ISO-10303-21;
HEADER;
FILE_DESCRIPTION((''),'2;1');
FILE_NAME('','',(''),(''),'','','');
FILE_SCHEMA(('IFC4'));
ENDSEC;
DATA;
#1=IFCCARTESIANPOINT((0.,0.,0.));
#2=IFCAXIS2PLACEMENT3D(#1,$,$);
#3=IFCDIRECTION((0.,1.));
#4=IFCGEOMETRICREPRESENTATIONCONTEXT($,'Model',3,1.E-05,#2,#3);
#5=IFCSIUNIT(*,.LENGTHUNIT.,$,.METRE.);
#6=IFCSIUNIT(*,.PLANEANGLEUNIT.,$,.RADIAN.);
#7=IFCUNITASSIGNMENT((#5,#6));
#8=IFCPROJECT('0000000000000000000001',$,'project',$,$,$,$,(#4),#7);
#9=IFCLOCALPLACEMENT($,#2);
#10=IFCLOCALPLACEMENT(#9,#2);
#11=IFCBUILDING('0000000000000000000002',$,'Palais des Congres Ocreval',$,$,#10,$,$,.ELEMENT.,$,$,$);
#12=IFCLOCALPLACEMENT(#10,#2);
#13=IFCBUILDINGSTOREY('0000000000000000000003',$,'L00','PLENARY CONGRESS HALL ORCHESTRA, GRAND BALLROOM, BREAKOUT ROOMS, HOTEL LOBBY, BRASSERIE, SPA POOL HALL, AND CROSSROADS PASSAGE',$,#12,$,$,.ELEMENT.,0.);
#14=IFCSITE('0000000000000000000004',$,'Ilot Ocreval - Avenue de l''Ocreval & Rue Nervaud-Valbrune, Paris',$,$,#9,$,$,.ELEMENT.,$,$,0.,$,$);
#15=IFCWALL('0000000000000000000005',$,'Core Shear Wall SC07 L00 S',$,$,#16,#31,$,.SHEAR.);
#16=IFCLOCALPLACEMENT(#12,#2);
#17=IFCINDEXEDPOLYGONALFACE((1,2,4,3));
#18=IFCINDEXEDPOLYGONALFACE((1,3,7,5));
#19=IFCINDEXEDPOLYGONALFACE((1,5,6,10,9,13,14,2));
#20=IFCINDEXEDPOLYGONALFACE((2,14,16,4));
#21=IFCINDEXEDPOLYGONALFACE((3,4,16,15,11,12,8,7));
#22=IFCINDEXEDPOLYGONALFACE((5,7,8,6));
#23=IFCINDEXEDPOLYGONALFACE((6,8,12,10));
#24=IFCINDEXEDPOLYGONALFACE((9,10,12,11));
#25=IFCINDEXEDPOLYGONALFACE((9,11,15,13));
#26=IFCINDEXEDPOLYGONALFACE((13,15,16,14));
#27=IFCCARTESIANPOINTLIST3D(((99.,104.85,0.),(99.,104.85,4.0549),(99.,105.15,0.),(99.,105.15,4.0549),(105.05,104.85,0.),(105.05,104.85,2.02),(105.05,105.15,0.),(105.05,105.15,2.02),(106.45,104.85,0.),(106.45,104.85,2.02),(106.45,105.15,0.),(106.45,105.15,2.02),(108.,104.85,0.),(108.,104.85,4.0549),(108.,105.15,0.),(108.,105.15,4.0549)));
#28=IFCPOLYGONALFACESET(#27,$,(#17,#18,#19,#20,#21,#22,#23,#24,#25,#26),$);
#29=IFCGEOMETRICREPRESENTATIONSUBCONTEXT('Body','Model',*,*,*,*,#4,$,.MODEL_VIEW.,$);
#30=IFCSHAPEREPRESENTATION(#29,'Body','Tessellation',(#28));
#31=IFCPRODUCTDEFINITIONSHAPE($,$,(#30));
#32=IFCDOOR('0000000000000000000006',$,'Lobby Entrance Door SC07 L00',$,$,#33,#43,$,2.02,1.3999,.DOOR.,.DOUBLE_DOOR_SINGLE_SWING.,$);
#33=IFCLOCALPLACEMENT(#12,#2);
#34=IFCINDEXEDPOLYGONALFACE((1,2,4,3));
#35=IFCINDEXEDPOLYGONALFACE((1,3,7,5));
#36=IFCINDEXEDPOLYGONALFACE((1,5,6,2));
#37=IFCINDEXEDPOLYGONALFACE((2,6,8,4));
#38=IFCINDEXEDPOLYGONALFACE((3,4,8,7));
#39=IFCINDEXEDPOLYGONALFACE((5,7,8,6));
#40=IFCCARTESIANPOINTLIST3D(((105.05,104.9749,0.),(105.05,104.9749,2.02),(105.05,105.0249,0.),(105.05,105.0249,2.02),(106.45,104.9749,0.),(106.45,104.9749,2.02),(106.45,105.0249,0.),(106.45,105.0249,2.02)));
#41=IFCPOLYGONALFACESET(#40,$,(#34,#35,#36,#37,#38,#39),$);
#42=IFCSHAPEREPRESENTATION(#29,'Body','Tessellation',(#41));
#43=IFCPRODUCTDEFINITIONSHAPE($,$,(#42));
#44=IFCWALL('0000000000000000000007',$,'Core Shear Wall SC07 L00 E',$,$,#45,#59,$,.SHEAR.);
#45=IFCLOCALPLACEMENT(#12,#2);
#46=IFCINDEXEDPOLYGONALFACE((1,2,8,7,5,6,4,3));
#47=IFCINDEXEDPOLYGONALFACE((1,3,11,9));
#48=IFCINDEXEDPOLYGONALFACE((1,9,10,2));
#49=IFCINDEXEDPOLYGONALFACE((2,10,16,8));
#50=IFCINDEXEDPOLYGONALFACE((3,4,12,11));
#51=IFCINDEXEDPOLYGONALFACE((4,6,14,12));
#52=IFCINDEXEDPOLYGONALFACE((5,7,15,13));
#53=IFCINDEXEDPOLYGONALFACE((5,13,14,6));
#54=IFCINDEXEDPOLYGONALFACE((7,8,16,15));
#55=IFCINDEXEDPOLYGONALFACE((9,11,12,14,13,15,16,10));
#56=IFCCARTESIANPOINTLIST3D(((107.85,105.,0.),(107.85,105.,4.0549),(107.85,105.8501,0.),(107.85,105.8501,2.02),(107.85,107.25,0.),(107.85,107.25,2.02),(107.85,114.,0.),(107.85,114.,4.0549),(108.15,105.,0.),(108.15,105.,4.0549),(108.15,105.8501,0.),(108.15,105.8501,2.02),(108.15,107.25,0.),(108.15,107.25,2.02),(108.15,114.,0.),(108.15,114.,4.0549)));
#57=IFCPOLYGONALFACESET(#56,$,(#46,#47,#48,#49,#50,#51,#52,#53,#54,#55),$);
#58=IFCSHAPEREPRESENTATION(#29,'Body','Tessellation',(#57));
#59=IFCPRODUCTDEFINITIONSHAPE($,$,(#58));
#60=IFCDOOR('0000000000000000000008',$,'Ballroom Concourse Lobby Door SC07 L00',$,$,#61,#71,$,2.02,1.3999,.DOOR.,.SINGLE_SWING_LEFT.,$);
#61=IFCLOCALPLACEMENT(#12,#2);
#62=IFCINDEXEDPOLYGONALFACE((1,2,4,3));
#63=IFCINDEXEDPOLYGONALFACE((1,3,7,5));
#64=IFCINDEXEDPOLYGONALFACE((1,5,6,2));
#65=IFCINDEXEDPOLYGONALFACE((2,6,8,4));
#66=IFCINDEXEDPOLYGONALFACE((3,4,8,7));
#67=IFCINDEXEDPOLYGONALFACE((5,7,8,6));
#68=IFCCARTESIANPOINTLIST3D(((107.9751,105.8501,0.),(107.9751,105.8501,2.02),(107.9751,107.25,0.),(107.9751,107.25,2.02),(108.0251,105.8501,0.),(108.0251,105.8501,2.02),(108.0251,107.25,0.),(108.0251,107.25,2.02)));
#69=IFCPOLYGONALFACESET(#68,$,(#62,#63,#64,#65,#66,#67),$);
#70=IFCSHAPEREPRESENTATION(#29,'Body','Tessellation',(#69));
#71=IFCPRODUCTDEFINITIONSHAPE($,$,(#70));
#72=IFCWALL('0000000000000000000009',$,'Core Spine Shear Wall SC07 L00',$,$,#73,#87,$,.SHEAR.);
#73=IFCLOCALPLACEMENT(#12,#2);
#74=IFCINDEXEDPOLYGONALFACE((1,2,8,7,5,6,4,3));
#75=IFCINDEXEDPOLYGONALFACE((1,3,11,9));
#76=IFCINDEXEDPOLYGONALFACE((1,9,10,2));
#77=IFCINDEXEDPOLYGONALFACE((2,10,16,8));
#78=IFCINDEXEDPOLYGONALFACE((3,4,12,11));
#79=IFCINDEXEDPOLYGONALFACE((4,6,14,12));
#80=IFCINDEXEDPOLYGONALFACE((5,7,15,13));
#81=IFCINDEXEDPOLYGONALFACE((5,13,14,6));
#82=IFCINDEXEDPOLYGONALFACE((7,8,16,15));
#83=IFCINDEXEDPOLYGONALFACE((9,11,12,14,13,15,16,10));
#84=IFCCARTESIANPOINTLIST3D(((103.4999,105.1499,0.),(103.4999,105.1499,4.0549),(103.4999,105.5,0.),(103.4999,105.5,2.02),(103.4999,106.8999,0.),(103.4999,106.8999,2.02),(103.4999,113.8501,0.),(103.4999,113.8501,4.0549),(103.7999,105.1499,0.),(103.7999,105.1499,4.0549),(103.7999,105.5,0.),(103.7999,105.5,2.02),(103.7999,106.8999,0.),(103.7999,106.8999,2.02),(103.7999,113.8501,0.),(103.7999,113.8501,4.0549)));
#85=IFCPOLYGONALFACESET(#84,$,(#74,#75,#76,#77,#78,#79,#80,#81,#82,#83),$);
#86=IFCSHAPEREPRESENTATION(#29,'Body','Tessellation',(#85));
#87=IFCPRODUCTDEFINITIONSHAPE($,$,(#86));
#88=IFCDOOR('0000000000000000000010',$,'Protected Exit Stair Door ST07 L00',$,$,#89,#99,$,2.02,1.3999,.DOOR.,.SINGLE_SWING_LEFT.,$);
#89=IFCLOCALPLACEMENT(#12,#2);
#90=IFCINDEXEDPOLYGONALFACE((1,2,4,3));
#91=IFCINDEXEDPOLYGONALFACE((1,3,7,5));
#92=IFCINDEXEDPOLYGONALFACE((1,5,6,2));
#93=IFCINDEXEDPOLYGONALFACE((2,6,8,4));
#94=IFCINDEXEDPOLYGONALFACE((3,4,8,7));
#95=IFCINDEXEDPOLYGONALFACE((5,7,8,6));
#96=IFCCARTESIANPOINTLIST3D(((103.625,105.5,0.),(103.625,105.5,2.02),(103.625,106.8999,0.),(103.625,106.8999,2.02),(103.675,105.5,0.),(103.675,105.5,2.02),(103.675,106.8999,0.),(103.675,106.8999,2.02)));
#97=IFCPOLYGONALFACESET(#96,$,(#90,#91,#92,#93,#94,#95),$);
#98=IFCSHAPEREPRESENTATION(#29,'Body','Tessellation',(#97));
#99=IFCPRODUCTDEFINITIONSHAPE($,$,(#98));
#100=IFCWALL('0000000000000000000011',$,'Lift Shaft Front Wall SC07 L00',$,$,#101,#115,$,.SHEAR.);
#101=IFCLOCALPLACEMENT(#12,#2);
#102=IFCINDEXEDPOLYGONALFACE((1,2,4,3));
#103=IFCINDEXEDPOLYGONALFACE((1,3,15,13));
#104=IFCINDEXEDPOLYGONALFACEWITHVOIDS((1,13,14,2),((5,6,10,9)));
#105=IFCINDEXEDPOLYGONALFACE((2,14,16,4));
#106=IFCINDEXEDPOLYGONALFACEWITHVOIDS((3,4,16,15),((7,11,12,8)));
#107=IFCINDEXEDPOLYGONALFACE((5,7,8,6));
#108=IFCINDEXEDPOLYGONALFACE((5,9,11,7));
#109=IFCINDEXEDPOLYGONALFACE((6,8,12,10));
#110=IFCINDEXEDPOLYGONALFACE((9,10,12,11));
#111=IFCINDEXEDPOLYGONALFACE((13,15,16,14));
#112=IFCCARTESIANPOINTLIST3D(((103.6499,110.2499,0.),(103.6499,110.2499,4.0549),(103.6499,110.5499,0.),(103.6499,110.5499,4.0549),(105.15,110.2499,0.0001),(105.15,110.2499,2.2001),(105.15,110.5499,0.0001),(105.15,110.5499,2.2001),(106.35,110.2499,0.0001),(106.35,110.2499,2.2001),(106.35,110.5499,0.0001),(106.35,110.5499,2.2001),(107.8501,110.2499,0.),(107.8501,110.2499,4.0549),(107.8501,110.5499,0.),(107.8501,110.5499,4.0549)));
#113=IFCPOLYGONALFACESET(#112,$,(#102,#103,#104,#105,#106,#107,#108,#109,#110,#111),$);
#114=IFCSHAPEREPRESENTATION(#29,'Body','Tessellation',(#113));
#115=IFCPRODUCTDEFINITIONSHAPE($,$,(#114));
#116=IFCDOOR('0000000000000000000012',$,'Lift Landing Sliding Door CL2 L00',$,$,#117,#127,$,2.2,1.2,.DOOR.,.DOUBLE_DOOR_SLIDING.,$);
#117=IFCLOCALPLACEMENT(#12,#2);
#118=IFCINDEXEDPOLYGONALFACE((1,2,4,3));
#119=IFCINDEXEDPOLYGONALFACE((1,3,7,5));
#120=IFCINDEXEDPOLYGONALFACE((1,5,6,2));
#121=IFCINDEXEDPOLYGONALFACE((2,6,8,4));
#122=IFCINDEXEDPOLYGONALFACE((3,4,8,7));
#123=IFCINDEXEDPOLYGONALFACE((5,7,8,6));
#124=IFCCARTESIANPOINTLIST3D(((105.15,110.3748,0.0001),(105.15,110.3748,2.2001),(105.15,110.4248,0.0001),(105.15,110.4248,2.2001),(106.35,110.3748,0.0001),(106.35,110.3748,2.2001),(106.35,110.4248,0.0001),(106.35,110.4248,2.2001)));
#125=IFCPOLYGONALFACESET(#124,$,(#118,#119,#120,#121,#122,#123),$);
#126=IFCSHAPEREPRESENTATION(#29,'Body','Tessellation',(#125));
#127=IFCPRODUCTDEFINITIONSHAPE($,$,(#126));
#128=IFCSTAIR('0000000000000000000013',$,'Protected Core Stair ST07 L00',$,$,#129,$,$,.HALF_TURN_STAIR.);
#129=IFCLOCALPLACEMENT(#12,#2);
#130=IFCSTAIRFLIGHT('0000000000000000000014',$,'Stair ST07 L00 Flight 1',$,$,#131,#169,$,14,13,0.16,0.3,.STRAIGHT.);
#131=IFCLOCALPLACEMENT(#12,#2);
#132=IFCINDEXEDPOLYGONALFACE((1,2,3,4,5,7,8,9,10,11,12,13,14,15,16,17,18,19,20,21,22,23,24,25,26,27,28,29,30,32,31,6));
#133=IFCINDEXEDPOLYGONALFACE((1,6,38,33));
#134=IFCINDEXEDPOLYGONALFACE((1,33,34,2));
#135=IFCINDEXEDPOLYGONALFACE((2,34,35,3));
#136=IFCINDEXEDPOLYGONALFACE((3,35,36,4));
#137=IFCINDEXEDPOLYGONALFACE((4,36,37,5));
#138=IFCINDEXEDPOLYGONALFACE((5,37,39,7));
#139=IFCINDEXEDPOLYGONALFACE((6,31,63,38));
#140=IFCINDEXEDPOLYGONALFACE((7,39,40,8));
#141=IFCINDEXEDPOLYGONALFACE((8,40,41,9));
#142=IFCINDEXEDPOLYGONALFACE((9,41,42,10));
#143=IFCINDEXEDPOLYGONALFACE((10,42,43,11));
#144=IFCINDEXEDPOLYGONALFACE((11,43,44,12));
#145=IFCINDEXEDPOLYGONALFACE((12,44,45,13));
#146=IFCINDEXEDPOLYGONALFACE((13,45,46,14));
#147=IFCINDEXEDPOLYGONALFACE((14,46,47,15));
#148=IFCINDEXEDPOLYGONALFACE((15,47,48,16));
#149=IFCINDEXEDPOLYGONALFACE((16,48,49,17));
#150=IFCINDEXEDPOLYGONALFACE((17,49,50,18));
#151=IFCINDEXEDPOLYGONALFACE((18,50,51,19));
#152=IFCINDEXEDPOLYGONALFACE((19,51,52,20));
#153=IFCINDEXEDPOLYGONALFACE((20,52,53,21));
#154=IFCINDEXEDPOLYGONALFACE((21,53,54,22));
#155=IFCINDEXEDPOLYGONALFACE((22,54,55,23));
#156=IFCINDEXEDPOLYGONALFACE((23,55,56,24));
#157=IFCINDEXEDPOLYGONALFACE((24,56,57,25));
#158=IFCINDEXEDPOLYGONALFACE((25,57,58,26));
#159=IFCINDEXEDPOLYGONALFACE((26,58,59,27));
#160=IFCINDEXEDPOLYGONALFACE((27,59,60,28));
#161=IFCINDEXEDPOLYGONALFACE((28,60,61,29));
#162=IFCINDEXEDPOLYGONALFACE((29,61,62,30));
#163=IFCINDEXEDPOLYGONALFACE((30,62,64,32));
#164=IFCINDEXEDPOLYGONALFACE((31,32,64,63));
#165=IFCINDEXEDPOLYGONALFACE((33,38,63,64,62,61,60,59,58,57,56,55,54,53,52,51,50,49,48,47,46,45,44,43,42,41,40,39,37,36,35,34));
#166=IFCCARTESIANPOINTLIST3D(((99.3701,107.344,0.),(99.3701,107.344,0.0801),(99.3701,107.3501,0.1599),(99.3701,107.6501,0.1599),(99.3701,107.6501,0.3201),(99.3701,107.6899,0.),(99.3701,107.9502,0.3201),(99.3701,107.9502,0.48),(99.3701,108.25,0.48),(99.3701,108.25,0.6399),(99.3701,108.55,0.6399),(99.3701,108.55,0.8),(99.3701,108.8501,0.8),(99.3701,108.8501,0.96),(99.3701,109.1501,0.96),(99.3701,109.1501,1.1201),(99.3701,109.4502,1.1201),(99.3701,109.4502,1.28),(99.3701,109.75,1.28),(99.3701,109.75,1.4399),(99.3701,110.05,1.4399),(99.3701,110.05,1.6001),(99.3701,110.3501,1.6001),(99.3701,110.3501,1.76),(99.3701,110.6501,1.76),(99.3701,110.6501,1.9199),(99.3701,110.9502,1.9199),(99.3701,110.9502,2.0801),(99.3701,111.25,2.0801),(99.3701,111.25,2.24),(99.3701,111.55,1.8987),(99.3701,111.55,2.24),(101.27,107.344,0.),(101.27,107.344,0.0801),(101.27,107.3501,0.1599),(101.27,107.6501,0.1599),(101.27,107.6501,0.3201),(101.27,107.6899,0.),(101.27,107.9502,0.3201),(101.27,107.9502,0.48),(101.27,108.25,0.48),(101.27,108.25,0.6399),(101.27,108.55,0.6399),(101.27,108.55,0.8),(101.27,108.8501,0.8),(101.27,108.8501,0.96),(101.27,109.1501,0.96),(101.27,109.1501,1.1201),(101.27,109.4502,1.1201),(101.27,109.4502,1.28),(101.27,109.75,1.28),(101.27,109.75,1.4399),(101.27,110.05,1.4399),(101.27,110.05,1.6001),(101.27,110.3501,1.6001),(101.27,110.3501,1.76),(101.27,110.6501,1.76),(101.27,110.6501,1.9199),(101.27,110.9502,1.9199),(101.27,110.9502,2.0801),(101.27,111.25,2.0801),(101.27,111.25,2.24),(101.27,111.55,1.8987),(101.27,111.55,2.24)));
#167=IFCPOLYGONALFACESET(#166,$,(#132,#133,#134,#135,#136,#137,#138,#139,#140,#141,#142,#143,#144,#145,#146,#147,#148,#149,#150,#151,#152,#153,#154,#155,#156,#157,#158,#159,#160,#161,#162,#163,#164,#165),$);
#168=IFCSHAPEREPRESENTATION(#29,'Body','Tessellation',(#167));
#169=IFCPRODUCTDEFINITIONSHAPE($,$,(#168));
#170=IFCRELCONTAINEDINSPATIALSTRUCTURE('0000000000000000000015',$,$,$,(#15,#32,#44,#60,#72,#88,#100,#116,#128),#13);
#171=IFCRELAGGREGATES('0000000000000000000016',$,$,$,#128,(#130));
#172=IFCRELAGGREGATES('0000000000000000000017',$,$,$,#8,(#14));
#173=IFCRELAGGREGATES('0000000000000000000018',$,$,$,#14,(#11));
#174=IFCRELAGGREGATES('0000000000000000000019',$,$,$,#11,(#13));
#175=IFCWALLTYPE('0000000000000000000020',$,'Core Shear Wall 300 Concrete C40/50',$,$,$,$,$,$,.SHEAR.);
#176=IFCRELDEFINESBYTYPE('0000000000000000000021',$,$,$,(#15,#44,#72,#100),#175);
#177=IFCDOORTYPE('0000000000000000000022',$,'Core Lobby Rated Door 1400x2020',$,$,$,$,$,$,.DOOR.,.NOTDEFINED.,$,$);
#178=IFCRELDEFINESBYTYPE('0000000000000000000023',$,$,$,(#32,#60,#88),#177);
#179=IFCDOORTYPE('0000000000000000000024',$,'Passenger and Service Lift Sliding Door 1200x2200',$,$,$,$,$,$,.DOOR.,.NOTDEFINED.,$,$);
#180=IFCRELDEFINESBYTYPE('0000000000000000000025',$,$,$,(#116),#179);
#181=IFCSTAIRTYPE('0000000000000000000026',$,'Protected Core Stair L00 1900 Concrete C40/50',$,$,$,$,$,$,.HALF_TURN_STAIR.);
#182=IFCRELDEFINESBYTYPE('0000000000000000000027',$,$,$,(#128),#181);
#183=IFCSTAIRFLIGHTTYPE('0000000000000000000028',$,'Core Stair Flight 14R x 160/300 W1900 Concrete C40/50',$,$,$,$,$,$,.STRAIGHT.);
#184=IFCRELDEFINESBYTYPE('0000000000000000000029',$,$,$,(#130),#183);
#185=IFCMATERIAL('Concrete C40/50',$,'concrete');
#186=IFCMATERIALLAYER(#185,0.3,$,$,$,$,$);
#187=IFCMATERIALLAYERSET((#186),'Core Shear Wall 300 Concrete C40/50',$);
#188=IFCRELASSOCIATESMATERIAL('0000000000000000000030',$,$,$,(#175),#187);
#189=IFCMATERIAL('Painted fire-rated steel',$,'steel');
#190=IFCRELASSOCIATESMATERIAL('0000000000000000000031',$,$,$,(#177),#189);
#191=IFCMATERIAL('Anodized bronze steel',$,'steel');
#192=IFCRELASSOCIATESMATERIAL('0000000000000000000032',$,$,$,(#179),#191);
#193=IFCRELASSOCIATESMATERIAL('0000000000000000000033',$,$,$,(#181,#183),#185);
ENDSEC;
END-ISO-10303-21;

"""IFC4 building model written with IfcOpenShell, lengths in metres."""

from ifc_helpers import new_model, si_unit, direction, frame, frame_2d, origin, place, context, subcontext, project, spatial, polyline, rectangle, outline, extrude, material, layer, layer_set, type_object, element, fill, aggregate, save


model = new_model("IFC4")

# Units and contexts
model_context = context("Model", 3, precision=1e-05, world=origin(), true_north=direction((0.0, 1.0)))
body_context = subcontext(model_context, "Body", "Model", "MODEL_VIEW")
ifc_project = project(units=[si_unit("LENGTHUNIT", "METRE"), si_unit("PLANEANGLEUNIT", "RADIAN")], contexts=[model_context])

# Site, building, storey
site_placement = place(None, origin())
site = spatial("IfcSite", under=ifc_project, at=site_placement, Name="Ilot Ocreval - Avenue de l'Ocreval & Rue Nervaud-Valbrune, Paris", CompositionType="ELEMENT", RefElevation=0.0)
building_placement = place(site_placement, origin())
building = spatial("IfcBuilding", under=site, at=building_placement, Name="Palais des Congres Ocreval", CompositionType="ELEMENT")
storey_placement = place(building_placement, origin())
storey = spatial("IfcBuildingStorey", under=building, at=storey_placement, Name="L00", Description="PLENARY CONGRESS HALL ORCHESTRA, GRAND BALLROOM, BREAKOUT ROOMS, HOTEL LOBBY, BRASSERIE, SPA POOL HALL, AND CROSSROADS PASSAGE", CompositionType="ELEMENT", Elevation=0.0)

# Shared definitions
ifc_material_1 = material(Name="Concrete C40/50", Category="concrete")

# Walls, openings, doors
ifc_layer_1 = layer(ifc_material_1, 0.3)
ifc_layer_set_1 = layer_set([ifc_layer_1], Name="Core Shear Wall 300 Concrete C40/50")
wall_type_1 = type_object("IfcWallType", Name="Core Shear Wall 300 Concrete C40/50", PredefinedType="SHEAR", material=ifc_layer_set_1)
wall_1_placement = place(storey_placement, frame((99.0, 105.0, 0.0), z_axis=(0.0, 0.0, 1.0), x_axis=(1.0, 0.0, 0.0)))
wall_1 = element("IfcWall", 1, at=wall_1_placement, inside=storey, type_object=wall_type_1, Name="Core Shear Wall SC07 L00 S", PredefinedType="SHEAR", context=body_context, shape_type="SweptSolid", body=[
    extrude(rectangle(XDim=9.0, YDim=0.3, at=frame_2d((4.5, 0.0))), origin(), (0.0, 0.0, 1.0), 4.0549),
])
opening_1_placement = place(wall_1_placement, frame((6.05, 0.0, 0.0)))
opening_1 = element("IfcOpeningElement", 2, at=opening_1_placement, cuts=wall_1, PredefinedType="OPENING", context=body_context, shape_type="SweptSolid", body=[
    extrude(rectangle(XDim=1.3999, YDim=2.02, at=frame_2d((0.7, 1.01))), frame((0.0, 0.1599, 0.0), z_axis=(0.0, -1.0, 0.0), x_axis=(1.0, 0.0, 0.0)), (0.0, 0.0, 1.0), 0.3201),
])
ifc_material_2 = material(Name="Painted fire-rated steel", Category="steel")
door_type_1 = type_object("IfcDoorType", Name="Core Lobby Rated Door 1400x2020", OperationType="NOTDEFINED", PredefinedType="DOOR", material=ifc_material_2)
door_1_placement = place(opening_1_placement, origin())
door_1 = element("IfcDoor", 3, at=door_1_placement, inside=storey, type_object=door_type_1, Name="Lobby Entrance Door SC07 L00", OperationType="DOUBLE_DOOR_SINGLE_SWING", OverallHeight=2.02, OverallWidth=1.3999, PredefinedType="DOOR", context=body_context, shape_type="SweptSolid", body=[
    extrude(rectangle(XDim=1.3999, YDim=2.02, at=frame_2d((0.7, 1.01))), frame((0.0, 0.0249, 0.0), z_axis=(0.0, -1.0, 0.0), x_axis=(1.0, 0.0, 0.0)), (0.0, 0.0, 1.0), 0.05),
])
fill(opening_1, door_1)
wall_2_placement = place(storey_placement, frame((108.0, 105.0, 0.0), z_axis=(0.0, 0.0, 1.0), x_axis=(0.0, 1.0, 0.0)))
wall_2 = element("IfcWall", 4, at=wall_2_placement, inside=storey, type_object=wall_type_1, Name="Core Shear Wall SC07 L00 E", PredefinedType="SHEAR", context=body_context, shape_type="SweptSolid", body=[
    extrude(rectangle(XDim=9.0, YDim=0.3, at=frame_2d((4.5, 0.0))), origin(), (0.0, 0.0, 1.0), 4.0549),
])
opening_2_placement = place(wall_2_placement, frame((0.8501, 0.0, 0.0)))
opening_2 = element("IfcOpeningElement", 5, at=opening_2_placement, cuts=wall_2, PredefinedType="OPENING", context=body_context, shape_type="SweptSolid", body=[
    extrude(rectangle(XDim=1.3999, YDim=2.02, at=frame_2d((0.7, 1.01))), frame((0.0, 0.1599, 0.0), z_axis=(0.0, -1.0, 0.0), x_axis=(1.0, 0.0, 0.0)), (0.0, 0.0, 1.0), 0.3201),
])
door_2_placement = place(opening_2_placement, origin())
door_2 = element("IfcDoor", 6, at=door_2_placement, inside=storey, type_object=door_type_1, Name="Ballroom Concourse Lobby Door SC07 L00", OperationType="SINGLE_SWING_LEFT", OverallHeight=2.02, OverallWidth=1.3999, PredefinedType="DOOR", context=body_context, shape_type="SweptSolid", body=[
    extrude(rectangle(XDim=1.3999, YDim=2.02, at=frame_2d((0.7, 1.01))), frame((0.0, 0.0249, 0.0), z_axis=(0.0, -1.0, 0.0), x_axis=(1.0, 0.0, 0.0)), (0.0, 0.0, 1.0), 0.05),
])
fill(opening_2, door_2)
wall_3_placement = place(storey_placement, frame((103.6499, 105.1499, 0.0), z_axis=(0.0, 0.0, 1.0), x_axis=(0.0, 1.0, 0.0)))
wall_3 = element("IfcWall", 7, at=wall_3_placement, inside=storey, type_object=wall_type_1, Name="Core Spine Shear Wall SC07 L00", PredefinedType="SHEAR", context=body_context, shape_type="SweptSolid", body=[
    extrude(rectangle(XDim=8.7002, YDim=0.3, at=frame_2d((4.3501, 0.0))), origin(), (0.0, 0.0, 1.0), 4.0549),
])
opening_3_placement = place(wall_3_placement, frame((0.3501, 0.0, 0.0)))
opening_3 = element("IfcOpeningElement", 8, at=opening_3_placement, cuts=wall_3, PredefinedType="OPENING", context=body_context, shape_type="SweptSolid", body=[
    extrude(rectangle(XDim=1.3999, YDim=2.02, at=frame_2d((0.7, 1.01))), frame((0.0, 0.1599, 0.0), z_axis=(0.0, -1.0, 0.0), x_axis=(1.0, 0.0, 0.0)), (0.0, 0.0, 1.0), 0.3201),
])
door_3_placement = place(opening_3_placement, origin())
door_3 = element("IfcDoor", 9, at=door_3_placement, inside=storey, type_object=door_type_1, Name="Protected Exit Stair Door ST07 L00", OperationType="SINGLE_SWING_LEFT", OverallHeight=2.02, OverallWidth=1.3999, PredefinedType="DOOR", context=body_context, shape_type="SweptSolid", body=[
    extrude(rectangle(XDim=1.3999, YDim=2.02, at=frame_2d((0.7, 1.01))), frame((0.0, 0.0249, 0.0), z_axis=(0.0, -1.0, 0.0), x_axis=(1.0, 0.0, 0.0)), (0.0, 0.0, 1.0), 0.05),
])
fill(opening_3, door_3)
wall_4_placement = place(storey_placement, frame((103.6499, 110.3999, 0.0), z_axis=(0.0, 0.0, 1.0), x_axis=(1.0, 0.0, 0.0)))
wall_4 = element("IfcWall", 10, at=wall_4_placement, inside=storey, type_object=wall_type_1, Name="Lift Shaft Front Wall SC07 L00", PredefinedType="SHEAR", context=body_context, shape_type="SweptSolid", body=[
    extrude(rectangle(XDim=4.2002, YDim=0.3, at=frame_2d((2.1001, 0.0))), origin(), (0.0, 0.0, 1.0), 4.0549),
])
opening_4_placement = place(wall_4_placement, frame((1.5, 0.0, 0.0)))
opening_4 = element("IfcOpeningElement", 11, at=opening_4_placement, cuts=wall_4, PredefinedType="OPENING", context=body_context, shape_type="SweptSolid", body=[
    extrude(rectangle(XDim=1.2, YDim=2.2, at=frame_2d((0.6001, 1.1001))), frame((0.0, 0.1599, 0.0), z_axis=(0.0, -1.0, 0.0), x_axis=(1.0, 0.0, 0.0)), (0.0, 0.0, 1.0), 0.3201),
])
ifc_material_3 = material(Name="Anodized bronze steel", Category="steel")
door_type_2 = type_object("IfcDoorType", Name="Passenger and Service Lift Sliding Door 1200x2200", OperationType="NOTDEFINED", PredefinedType="DOOR", material=ifc_material_3)
door_4_placement = place(opening_4_placement, origin())
door_4 = element("IfcDoor", 12, at=door_4_placement, inside=storey, type_object=door_type_2, Name="Lift Landing Sliding Door CL2 L00", OperationType="DOUBLE_DOOR_SLIDING", OverallHeight=2.2, OverallWidth=1.2, PredefinedType="DOOR", context=body_context, shape_type="SweptSolid", body=[
    extrude(rectangle(XDim=1.2, YDim=2.2, at=frame_2d((0.6001, 1.1001))), frame((0.0, 0.0249, 0.0), z_axis=(0.0, -1.0, 0.0), x_axis=(1.0, 0.0, 0.0)), (0.0, 0.0, 1.0), 0.05),
])
fill(opening_4, door_4)

# Stair, stair flight
stair_type = type_object("IfcStairType", Name="Protected Core Stair L00 1900 Concrete C40/50", PredefinedType="HALF_TURN_STAIR", material=ifc_material_1)
stair_placement = place(storey_placement, origin())
stair = element("IfcStair", 13, at=stair_placement, inside=storey, type_object=stair_type, Name="Protected Core Stair ST07 L00", PredefinedType="HALF_TURN_STAIR")
stair_flight_type = type_object("IfcStairFlightType", Name="Core Stair Flight 14R x 160/300 W1900 Concrete C40/50", PredefinedType="STRAIGHT", material=ifc_material_1)
stair_flight_1_placement = place(storey_placement, frame((100.3201, 107.3501, 0.0), z_axis=(0.0, 0.0, 1.0), x_axis=(0.0, 1.0, 0.0)))
stair_flight_1 = element("IfcStairFlight", 14, at=stair_flight_1_placement, type_object=stair_flight_type, Name="Stair ST07 L00 Flight 1", NumberOfRisers=14, NumberOfTreads=13, PredefinedType="STRAIGHT", RiserHeight=0.16, TreadLength=0.3, context=body_context, shape_type="SweptSolid", body=[
    extrude(outline(polyline([(-0.0061, 0.0), (-0.0061, 0.0801), (0.0, 0.1599), (0.3, 0.1599), (0.3, 0.3201), (0.6001, 0.3201), (0.6001, 0.48), (0.8999, 0.48), (0.8999, 0.6399), (1.2, 0.6399), (1.2, 0.8), (1.5, 0.8), (1.5, 0.96), (1.8, 0.96), (1.8, 1.1201), (2.1001, 1.1201), (2.1001, 1.28), (2.3999, 1.28), (2.3999, 1.4399), (2.7, 1.4399), (2.7, 1.6001), (3.0, 1.6001), (3.0, 1.76), (3.3, 1.76), (3.3, 1.9199), (3.6001, 1.9199), (3.6001, 2.0801), (3.8999, 2.0801), (3.8999, 2.24), (4.2, 2.24), (4.2, 1.8987), (0.3398, 0.0), (-0.0061, 0.0)])), frame((0.0, 0.95, 0.0), z_axis=(0.0, -1.0, 0.0), x_axis=(1.0, 0.0, 0.0)), (0.0, 0.0, 1.0), 1.8999),
])
aggregate(stair, [stair_flight_1])

save(model, "model.ifc")
